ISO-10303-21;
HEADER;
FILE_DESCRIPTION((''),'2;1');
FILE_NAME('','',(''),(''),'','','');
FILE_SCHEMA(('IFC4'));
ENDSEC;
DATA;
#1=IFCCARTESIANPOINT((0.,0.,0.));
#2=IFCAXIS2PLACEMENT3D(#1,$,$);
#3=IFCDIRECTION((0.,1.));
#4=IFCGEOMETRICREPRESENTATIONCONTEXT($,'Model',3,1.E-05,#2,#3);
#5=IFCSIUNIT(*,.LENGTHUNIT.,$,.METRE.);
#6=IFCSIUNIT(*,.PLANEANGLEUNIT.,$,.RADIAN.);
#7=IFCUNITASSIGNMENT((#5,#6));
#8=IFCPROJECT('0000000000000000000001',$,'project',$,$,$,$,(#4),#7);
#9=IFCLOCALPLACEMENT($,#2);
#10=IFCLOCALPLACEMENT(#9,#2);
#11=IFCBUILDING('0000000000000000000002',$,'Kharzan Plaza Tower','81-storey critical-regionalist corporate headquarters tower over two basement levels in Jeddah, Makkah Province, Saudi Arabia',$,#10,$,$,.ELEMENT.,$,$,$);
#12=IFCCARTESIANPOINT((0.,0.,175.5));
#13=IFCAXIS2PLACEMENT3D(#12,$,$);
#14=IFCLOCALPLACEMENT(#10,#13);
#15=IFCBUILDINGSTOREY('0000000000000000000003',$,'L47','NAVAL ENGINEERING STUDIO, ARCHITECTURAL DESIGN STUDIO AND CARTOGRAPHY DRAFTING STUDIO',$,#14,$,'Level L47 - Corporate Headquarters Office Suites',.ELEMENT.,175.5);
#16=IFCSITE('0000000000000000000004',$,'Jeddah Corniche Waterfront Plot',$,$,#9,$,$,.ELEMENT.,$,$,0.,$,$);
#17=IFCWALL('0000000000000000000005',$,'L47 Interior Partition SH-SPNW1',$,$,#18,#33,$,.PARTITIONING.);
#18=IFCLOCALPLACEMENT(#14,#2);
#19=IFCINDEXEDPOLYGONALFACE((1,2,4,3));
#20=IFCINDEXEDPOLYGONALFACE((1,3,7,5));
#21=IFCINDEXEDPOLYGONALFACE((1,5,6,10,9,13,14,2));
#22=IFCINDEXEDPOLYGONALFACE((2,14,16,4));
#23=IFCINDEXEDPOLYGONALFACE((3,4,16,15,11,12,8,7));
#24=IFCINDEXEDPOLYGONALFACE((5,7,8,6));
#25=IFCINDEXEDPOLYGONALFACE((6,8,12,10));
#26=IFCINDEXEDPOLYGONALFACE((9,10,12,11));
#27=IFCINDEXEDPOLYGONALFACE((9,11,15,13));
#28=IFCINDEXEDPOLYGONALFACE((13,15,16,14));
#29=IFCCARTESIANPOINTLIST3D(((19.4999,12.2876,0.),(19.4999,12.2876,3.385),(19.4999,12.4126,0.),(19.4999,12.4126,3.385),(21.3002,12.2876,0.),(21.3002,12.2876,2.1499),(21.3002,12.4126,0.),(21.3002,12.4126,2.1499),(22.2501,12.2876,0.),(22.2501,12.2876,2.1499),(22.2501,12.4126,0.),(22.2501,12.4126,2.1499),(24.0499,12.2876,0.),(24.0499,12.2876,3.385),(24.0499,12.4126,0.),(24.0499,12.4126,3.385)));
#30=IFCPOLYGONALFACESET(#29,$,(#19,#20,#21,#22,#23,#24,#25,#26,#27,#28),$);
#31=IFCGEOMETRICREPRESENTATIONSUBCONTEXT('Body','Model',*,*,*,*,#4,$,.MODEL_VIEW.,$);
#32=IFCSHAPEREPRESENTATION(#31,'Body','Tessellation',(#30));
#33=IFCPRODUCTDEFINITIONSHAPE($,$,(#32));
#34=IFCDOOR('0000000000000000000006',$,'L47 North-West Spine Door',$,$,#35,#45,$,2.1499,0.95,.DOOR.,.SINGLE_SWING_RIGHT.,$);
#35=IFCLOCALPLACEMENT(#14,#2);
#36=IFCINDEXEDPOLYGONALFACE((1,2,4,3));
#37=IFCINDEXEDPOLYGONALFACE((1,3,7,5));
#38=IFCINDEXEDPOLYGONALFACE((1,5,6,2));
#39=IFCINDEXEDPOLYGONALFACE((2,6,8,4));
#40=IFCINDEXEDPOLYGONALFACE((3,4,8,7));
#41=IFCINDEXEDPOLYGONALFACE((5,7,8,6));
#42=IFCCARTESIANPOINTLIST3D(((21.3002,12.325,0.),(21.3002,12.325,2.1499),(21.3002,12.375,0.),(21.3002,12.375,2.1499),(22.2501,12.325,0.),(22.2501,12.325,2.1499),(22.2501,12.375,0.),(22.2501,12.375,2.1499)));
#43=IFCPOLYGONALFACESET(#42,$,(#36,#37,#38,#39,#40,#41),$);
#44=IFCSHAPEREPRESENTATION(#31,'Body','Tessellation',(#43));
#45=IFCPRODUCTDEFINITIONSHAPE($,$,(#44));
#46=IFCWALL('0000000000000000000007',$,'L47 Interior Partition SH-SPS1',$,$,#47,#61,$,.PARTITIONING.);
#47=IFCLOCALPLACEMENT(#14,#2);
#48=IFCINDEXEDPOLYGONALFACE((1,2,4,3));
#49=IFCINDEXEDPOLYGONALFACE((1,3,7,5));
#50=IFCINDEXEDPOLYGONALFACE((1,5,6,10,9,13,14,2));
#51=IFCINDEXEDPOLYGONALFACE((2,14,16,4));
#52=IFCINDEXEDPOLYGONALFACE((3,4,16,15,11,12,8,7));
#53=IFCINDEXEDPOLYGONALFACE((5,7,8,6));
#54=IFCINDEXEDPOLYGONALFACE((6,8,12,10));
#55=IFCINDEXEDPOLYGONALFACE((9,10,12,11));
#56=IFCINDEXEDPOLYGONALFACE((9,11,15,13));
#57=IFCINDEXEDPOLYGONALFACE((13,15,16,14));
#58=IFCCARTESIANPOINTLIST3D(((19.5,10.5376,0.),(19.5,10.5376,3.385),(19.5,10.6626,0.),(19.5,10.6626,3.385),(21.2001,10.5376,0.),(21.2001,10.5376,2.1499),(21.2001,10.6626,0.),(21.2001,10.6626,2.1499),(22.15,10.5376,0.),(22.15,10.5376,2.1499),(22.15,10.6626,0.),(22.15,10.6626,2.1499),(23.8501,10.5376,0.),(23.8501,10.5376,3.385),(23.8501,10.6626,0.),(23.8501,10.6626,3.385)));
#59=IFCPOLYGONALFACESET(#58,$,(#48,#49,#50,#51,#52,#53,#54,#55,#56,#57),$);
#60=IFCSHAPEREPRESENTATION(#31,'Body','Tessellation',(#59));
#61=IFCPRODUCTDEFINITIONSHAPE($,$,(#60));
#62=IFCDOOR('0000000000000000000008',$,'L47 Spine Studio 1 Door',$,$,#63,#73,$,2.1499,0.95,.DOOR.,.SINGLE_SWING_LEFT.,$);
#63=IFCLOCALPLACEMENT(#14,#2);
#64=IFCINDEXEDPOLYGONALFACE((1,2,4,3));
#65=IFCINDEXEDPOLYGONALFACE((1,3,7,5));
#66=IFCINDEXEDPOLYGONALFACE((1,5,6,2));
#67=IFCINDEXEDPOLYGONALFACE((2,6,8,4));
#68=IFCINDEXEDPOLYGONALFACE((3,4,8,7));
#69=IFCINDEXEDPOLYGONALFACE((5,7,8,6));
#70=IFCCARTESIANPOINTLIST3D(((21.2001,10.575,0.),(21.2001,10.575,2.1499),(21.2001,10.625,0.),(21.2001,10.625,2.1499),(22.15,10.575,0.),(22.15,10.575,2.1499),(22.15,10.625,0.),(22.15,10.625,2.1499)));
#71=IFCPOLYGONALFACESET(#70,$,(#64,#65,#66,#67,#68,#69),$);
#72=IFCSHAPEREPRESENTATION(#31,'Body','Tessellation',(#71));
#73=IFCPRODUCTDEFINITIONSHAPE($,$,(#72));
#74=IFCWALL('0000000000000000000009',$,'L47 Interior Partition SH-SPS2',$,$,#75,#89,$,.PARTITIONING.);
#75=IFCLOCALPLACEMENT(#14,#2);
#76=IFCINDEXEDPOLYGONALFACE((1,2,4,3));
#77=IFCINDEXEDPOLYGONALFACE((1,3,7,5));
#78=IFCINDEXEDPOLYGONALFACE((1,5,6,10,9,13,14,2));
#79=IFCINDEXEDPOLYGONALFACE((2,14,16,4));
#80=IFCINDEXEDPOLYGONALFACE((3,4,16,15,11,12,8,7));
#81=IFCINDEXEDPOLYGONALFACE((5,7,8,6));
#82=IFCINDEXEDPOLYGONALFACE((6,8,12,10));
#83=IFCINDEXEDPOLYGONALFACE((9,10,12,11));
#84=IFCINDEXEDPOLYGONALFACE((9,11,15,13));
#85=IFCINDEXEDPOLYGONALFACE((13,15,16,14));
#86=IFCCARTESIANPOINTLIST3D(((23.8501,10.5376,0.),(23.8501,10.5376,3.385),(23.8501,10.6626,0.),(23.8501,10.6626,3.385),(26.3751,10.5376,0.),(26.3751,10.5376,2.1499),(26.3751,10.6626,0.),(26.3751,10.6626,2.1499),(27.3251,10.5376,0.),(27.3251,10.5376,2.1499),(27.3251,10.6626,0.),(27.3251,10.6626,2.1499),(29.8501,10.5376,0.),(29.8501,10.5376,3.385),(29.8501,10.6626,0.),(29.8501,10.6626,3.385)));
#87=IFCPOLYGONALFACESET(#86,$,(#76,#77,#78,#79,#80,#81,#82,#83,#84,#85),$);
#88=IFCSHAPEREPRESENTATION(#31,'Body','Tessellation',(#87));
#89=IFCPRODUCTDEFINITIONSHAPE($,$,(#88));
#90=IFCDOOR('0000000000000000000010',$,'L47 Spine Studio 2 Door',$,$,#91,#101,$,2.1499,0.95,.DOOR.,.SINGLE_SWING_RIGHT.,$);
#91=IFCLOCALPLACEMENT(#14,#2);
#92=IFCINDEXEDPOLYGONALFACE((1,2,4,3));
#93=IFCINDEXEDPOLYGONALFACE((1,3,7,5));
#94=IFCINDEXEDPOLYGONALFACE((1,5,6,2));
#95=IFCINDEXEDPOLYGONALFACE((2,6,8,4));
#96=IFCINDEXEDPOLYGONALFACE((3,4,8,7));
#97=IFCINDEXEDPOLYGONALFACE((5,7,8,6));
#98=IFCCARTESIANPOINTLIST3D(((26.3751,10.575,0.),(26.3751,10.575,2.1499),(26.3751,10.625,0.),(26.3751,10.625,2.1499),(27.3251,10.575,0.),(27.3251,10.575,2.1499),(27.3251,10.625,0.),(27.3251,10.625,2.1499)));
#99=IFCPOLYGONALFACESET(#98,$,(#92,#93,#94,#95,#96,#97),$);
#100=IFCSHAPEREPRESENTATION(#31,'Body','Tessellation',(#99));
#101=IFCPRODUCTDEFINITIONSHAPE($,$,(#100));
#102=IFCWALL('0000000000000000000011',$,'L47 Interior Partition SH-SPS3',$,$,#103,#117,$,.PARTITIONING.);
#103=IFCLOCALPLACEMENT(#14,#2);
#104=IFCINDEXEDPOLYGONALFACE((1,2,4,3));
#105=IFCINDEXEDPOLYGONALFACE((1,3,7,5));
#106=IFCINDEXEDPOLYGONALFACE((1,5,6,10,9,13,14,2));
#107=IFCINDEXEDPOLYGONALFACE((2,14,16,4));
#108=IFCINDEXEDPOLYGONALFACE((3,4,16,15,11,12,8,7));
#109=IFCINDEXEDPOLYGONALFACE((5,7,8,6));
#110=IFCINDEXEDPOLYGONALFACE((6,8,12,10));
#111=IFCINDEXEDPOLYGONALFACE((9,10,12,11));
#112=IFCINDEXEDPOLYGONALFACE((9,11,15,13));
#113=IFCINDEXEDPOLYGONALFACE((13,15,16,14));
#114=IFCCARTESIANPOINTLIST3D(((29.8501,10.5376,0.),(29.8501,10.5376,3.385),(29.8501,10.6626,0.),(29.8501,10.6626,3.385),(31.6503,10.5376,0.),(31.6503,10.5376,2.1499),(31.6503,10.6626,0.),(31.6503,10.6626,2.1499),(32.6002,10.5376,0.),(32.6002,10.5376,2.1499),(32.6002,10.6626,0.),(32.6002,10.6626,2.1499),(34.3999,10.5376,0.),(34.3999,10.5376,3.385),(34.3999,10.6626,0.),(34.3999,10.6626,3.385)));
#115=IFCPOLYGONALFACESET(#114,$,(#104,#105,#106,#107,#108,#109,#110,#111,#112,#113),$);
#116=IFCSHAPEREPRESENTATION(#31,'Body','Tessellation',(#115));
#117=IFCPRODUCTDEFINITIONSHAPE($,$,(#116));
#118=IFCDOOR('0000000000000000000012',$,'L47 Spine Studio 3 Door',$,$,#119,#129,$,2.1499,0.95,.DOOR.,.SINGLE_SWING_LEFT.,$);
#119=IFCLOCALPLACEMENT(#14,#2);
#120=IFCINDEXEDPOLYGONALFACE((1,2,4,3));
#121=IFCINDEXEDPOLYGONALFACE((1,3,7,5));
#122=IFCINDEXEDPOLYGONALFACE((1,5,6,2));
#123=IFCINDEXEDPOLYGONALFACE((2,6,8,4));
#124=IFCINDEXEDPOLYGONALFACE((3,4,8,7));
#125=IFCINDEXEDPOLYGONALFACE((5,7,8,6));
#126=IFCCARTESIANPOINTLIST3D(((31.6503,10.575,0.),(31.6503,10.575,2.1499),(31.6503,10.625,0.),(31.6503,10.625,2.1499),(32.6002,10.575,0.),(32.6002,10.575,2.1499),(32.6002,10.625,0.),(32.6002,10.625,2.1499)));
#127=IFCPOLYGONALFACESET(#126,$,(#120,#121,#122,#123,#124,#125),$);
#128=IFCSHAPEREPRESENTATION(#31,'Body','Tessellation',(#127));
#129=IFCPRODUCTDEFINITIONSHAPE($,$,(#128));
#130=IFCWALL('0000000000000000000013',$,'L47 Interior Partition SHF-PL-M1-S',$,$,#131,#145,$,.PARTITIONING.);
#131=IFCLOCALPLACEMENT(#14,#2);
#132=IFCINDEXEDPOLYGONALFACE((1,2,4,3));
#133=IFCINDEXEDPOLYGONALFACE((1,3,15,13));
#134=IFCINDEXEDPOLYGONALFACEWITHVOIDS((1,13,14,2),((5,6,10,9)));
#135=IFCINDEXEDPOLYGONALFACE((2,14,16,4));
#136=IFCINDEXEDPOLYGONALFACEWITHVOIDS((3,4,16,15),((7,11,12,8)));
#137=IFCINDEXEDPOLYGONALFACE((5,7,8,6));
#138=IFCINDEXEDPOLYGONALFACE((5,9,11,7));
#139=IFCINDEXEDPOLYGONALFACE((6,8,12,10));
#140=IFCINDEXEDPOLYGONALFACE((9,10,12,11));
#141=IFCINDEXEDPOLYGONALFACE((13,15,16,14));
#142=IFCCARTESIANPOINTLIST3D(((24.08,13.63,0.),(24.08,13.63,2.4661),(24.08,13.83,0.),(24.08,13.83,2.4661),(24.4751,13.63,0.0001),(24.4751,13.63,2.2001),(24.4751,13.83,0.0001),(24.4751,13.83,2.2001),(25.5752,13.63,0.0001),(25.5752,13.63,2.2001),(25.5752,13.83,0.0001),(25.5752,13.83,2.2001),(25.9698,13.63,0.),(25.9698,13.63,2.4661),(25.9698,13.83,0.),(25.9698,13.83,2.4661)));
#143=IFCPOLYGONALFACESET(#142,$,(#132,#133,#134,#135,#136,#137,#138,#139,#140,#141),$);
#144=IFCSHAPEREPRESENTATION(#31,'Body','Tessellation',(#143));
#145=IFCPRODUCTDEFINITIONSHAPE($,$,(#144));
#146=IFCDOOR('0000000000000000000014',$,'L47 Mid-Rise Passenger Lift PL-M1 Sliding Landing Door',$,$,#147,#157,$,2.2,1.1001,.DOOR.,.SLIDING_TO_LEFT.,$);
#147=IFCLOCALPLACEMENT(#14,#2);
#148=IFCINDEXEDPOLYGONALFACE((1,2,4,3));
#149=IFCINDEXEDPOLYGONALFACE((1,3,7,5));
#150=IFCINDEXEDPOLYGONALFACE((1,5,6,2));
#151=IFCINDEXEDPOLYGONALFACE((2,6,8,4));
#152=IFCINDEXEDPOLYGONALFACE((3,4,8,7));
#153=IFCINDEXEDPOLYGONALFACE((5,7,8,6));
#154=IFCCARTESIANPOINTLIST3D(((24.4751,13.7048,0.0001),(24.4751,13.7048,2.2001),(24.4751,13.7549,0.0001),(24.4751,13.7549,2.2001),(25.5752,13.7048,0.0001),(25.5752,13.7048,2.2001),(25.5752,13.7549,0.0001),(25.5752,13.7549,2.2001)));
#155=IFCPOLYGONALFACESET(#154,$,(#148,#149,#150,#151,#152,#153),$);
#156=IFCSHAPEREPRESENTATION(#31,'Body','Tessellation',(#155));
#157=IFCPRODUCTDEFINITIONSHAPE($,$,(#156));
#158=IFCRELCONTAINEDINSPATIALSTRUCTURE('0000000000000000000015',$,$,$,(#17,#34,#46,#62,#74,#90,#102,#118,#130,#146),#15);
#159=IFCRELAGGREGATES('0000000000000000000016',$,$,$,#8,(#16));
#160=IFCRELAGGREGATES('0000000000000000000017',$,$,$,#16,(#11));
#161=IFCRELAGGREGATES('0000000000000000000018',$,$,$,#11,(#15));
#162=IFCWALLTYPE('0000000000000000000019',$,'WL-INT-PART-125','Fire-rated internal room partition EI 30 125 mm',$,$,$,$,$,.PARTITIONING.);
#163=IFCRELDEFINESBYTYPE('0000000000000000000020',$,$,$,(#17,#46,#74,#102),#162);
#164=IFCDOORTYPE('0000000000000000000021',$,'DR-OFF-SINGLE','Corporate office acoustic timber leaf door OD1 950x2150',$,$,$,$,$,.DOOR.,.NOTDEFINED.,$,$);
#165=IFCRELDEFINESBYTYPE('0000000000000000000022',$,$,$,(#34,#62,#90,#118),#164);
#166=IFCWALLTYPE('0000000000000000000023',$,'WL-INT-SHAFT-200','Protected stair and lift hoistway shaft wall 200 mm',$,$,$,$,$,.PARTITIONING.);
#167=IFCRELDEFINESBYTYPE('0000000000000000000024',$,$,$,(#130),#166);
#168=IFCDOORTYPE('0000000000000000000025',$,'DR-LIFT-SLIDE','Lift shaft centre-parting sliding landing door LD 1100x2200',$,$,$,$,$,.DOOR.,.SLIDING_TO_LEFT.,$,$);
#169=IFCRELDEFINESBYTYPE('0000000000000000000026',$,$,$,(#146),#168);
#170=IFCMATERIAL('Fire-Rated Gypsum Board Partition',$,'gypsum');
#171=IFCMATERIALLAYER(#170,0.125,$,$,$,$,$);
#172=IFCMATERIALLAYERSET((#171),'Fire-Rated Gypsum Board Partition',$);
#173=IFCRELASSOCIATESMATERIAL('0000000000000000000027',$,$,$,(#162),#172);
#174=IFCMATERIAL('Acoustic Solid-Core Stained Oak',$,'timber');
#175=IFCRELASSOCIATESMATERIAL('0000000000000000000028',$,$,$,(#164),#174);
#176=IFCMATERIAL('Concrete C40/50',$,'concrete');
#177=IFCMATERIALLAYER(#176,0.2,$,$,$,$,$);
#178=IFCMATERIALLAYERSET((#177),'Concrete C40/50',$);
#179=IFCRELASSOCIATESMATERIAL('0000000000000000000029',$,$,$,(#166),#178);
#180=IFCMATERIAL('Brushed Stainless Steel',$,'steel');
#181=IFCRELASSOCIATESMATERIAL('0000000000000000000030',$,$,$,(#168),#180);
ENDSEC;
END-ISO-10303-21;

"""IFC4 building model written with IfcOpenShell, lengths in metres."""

from ifc_helpers import new_model, si_unit, direction, frame, frame_2d, origin, place, context, subcontext, project, spatial, rectangle, extrude, source, transform, mapped, material, layer, layer_set, type_object, element, fill, save


model = new_model("IFC4")

# Units and contexts
model_context = context("Model", 3, precision=1e-05, world=origin(), true_north=direction((0.0, 1.0)))
body_context = subcontext(model_context, "Body", "Model", "MODEL_VIEW")
ifc_project = project(units=[si_unit("LENGTHUNIT", "METRE"), si_unit("PLANEANGLEUNIT", "RADIAN")], contexts=[model_context])

# Site, building, storey
site_placement = place(None, origin())
site = spatial("IfcSite", under=ifc_project, at=site_placement, Name="Jeddah Corniche Waterfront Plot", CompositionType="ELEMENT", RefElevation=0.0)
building_placement = place(site_placement, origin())
building = spatial("IfcBuilding", under=site, at=building_placement, Name="Kharzan Plaza Tower", Description="81-storey critical-regionalist corporate headquarters tower over two basement levels in Jeddah, Makkah Province, Saudi Arabia", CompositionType="ELEMENT")
storey_placement = place(building_placement, frame((0.0, 0.0, 175.5)))
storey = spatial("IfcBuildingStorey", under=building, at=storey_placement, Name="L47", Description="NAVAL ENGINEERING STUDIO, ARCHITECTURAL DESIGN STUDIO AND CARTOGRAPHY DRAFTING STUDIO", LongName="Level L47 - Corporate Headquarters Office Suites", CompositionType="ELEMENT", Elevation=175.5)

# Walls, openings, doors
ifc_material_1 = material(Name="Fire-Rated Gypsum Board Partition", Category="gypsum")
ifc_layer_1 = layer(ifc_material_1, 0.125)
ifc_layer_set_1 = layer_set([ifc_layer_1], Name="Fire-Rated Gypsum Board Partition")
wall_type_1 = type_object("IfcWallType", Name="WL-INT-PART-125", Description="Fire-rated internal room partition EI 30 125 mm", PredefinedType="PARTITIONING", material=ifc_layer_set_1)
ifc_material_2 = material(Name="Acoustic Solid-Core Stained Oak", Category="timber")
door_type_1 = type_object("IfcDoorType", Name="DR-OFF-SINGLE", Description="Corporate office acoustic timber leaf door OD1 950x2150", OperationType="NOTDEFINED", PredefinedType="DOOR", material=ifc_material_2)
shared_shape_1 = source(origin(), body_context, "Body", "SweptSolid", [
    extrude(rectangle(XDim=0.95, YDim=2.1499, at=frame_2d((0.4751, 1.075))), frame((0.0, 0.0249, 0.0), z_axis=(0.0, -1.0, 0.0), x_axis=(1.0, 0.0, 0.0)), (0.0, 0.0, 1.0), 0.05),
])
wall_1_placement = place(storey_placement, frame((19.5, 12.3501, 0.0), z_axis=(0.0, 0.0, 1.0), x_axis=(1.0, 0.0, 0.0)))
wall_1 = element("IfcWall", 1, at=wall_1_placement, inside=storey, type_object=wall_type_1, Name="L47 Interior Partition SH-SPNW1", PredefinedType="PARTITIONING", context=body_context, shape_type="SweptSolid", body=[
    extrude(rectangle(XDim=4.55, YDim=0.125, at=frame_2d((2.2749, 0.0))), origin(), (0.0, 0.0, 1.0), 3.385),
])
opening_1_placement = place(wall_1_placement, frame((1.8, 0.0, 0.0)))
opening_1 = element("IfcOpeningElement", 2, at=opening_1_placement, cuts=wall_1, PredefinedType="OPENING", context=body_context, shape_type="SweptSolid", body=[
    extrude(rectangle(XDim=0.95, YDim=2.1499, at=frame_2d((0.4751, 1.075))), frame((0.0, 0.0725, 0.0), z_axis=(0.0, -1.0, 0.0), x_axis=(1.0, 0.0, 0.0)), (0.0, 0.0, 1.0), 0.145),
])
door_1_placement = place(opening_1_placement, origin())
door_1 = element("IfcDoor", 3, at=door_1_placement, inside=storey, type_object=door_type_1, Name="L47 North-West Spine Door", OperationType="SINGLE_SWING_RIGHT", OverallHeight=2.1499, OverallWidth=0.95, PredefinedType="DOOR", context=body_context, shape_type="MappedRepresentation", body=[
    mapped(shared_shape_1, transform((0.0, 0.0, 0.0), x_axis=(1.0, 0.0, 0.0), y_axis=(0.0, 1.0, 0.0), z_axis=(0.0, 0.0, 1.0))),
])
fill(opening_1, door_1)
wall_2_placement = place(storey_placement, frame((19.5, 10.6001, 0.0), z_axis=(0.0, 0.0, 1.0), x_axis=(1.0, 0.0, 0.0)))
wall_2 = element("IfcWall", 4, at=wall_2_placement, inside=storey, type_object=wall_type_1, Name="L47 Interior Partition SH-SPS1", PredefinedType="PARTITIONING", context=body_context, shape_type="SweptSolid", body=[
    extrude(rectangle(XDim=4.3501, YDim=0.125, at=frame_2d((2.175, 0.0))), origin(), (0.0, 0.0, 1.0), 3.385),
])
opening_2_placement = place(wall_2_placement, frame((1.7, 0.0, 0.0)))
opening_2 = element("IfcOpeningElement", 5, at=opening_2_placement, cuts=wall_2, PredefinedType="OPENING", context=body_context, shape_type="SweptSolid", body=[
    extrude(rectangle(XDim=0.95, YDim=2.1499, at=frame_2d((0.4751, 1.075))), frame((0.0, 0.0725, 0.0), z_axis=(0.0, -1.0, 0.0), x_axis=(1.0, 0.0, 0.0)), (0.0, 0.0, 1.0), 0.145),
])
door_2_placement = place(opening_2_placement, origin())
door_2 = element("IfcDoor", 6, at=door_2_placement, inside=storey, type_object=door_type_1, Name="L47 Spine Studio 1 Door", OperationType="SINGLE_SWING_LEFT", OverallHeight=2.1499, OverallWidth=0.95, PredefinedType="DOOR", context=body_context, shape_type="MappedRepresentation", body=[
    mapped(shared_shape_1, transform((0.0, 0.0, 0.0), x_axis=(1.0, 0.0, 0.0), y_axis=(0.0, 1.0, 0.0), z_axis=(0.0, 0.0, 1.0))),
])
fill(opening_2, door_2)
wall_3_placement = place(storey_placement, frame((23.8501, 10.6001, 0.0), z_axis=(0.0, 0.0, 1.0), x_axis=(1.0, 0.0, 0.0)))
wall_3 = element("IfcWall", 7, at=wall_3_placement, inside=storey, type_object=wall_type_1, Name="L47 Interior Partition SH-SPS2", PredefinedType="PARTITIONING", context=body_context, shape_type="SweptSolid", body=[
    extrude(rectangle(XDim=6.0, YDim=0.125, at=frame_2d((3.0, 0.0))), origin(), (0.0, 0.0, 1.0), 3.385),
])
opening_3_placement = place(wall_3_placement, frame((2.5249, 0.0, 0.0)))
opening_3 = element("IfcOpeningElement", 8, at=opening_3_placement, cuts=wall_3, PredefinedType="OPENING", context=body_context, shape_type="SweptSolid", body=[
    extrude(rectangle(XDim=0.95, YDim=2.1499, at=frame_2d((0.4751, 1.075))), frame((0.0, 0.0725, 0.0), z_axis=(0.0, -1.0, 0.0), x_axis=(1.0, 0.0, 0.0)), (0.0, 0.0, 1.0), 0.145),
])
door_3_placement = place(opening_3_placement, origin())
door_3 = element("IfcDoor", 9, at=door_3_placement, inside=storey, type_object=door_type_1, Name="L47 Spine Studio 2 Door", OperationType="SINGLE_SWING_RIGHT", OverallHeight=2.1499, OverallWidth=0.95, PredefinedType="DOOR", context=body_context, shape_type="MappedRepresentation", body=[
    mapped(shared_shape_1, transform((0.0, 0.0, 0.0), x_axis=(1.0, 0.0, 0.0), y_axis=(0.0, 1.0, 0.0), z_axis=(0.0, 0.0, 1.0))),
])
fill(opening_3, door_3)
wall_4_placement = place(storey_placement, frame((29.8501, 10.6001, 0.0), z_axis=(0.0, 0.0, 1.0), x_axis=(1.0, 0.0, 0.0)))
wall_4 = element("IfcWall", 10, at=wall_4_placement, inside=storey, type_object=wall_type_1, Name="L47 Interior Partition SH-SPS3", PredefinedType="PARTITIONING", context=body_context, shape_type="SweptSolid", body=[
    extrude(rectangle(XDim=4.5498, YDim=0.125, at=frame_2d((2.2749, 0.0))), origin(), (0.0, 0.0, 1.0), 3.385),
])
opening_4_placement = place(wall_4_placement, frame((1.8, 0.0, 0.0)))
opening_4 = element("IfcOpeningElement", 11, at=opening_4_placement, cuts=wall_4, PredefinedType="OPENING", context=body_context, shape_type="SweptSolid", body=[
    extrude(rectangle(XDim=0.95, YDim=2.1499, at=frame_2d((0.4751, 1.075))), frame((0.0, 0.0725, 0.0), z_axis=(0.0, -1.0, 0.0), x_axis=(1.0, 0.0, 0.0)), (0.0, 0.0, 1.0), 0.145),
])
door_4_placement = place(opening_4_placement, origin())
door_4 = element("IfcDoor", 12, at=door_4_placement, inside=storey, type_object=door_type_1, Name="L47 Spine Studio 3 Door", OperationType="SINGLE_SWING_LEFT", OverallHeight=2.1499, OverallWidth=0.95, PredefinedType="DOOR", context=body_context, shape_type="MappedRepresentation", body=[
    mapped(shared_shape_1, transform((0.0, 0.0, 0.0), x_axis=(1.0, 0.0, 0.0), y_axis=(0.0, 1.0, 0.0), z_axis=(0.0, 0.0, 1.0))),
])
fill(opening_4, door_4)
ifc_material_3 = material(Name="Concrete C40/50", Category="concrete")
ifc_layer_2 = layer(ifc_material_3, 0.2)
ifc_layer_set_2 = layer_set([ifc_layer_2], Name="Concrete C40/50")
wall_type_2 = type_object("IfcWallType", Name="WL-INT-SHAFT-200", Description="Protected stair and lift hoistway shaft wall 200 mm", PredefinedType="PARTITIONING", material=ifc_layer_set_2)
wall_5_placement = place(storey_placement, frame((24.0801, 13.73, 0.0), z_axis=(0.0, 0.0, 1.0), x_axis=(1.0, 0.0, 0.0)))
wall_5 = element("IfcWall", 13, at=wall_5_placement, inside=storey, type_object=wall_type_2, Name="L47 Interior Partition SHF-PL-M1-S", PredefinedType="PARTITIONING", context=body_context, shape_type="SweptSolid", body=[
    extrude(rectangle(XDim=1.8899, YDim=0.2, at=frame_2d((0.9448, 0.0))), origin(), (0.0, 0.0, 1.0), 2.4661),
])
opening_5_placement = place(wall_5_placement, frame((0.395, 0.0, 0.0)))
opening_5 = element("IfcOpeningElement", 14, at=opening_5_placement, cuts=wall_5, PredefinedType="OPENING", context=body_context, shape_type="SweptSolid", body=[
    extrude(rectangle(XDim=1.1001, YDim=2.2, at=frame_2d((0.55, 1.1001))), frame((0.0, 0.1099, 0.0), z_axis=(0.0, -1.0, 0.0), x_axis=(1.0, 0.0, 0.0)), (0.0, 0.0, 1.0), 0.22),
])
ifc_material_4 = material(Name="Brushed Stainless Steel", Category="steel")
door_type_2 = type_object("IfcDoorType", Name="DR-LIFT-SLIDE", Description="Lift shaft centre-parting sliding landing door LD 1100x2200", OperationType="SLIDING_TO_LEFT", PredefinedType="DOOR", material=ifc_material_4)
shared_shape_2 = source(origin(), body_context, "Body", "SweptSolid", [
    extrude(rectangle(XDim=1.1001, YDim=2.2, at=frame_2d((0.55, 1.1001))), frame((0.0, 0.0249, 0.0), z_axis=(0.0, -1.0, 0.0), x_axis=(1.0, 0.0, 0.0)), (0.0, 0.0, 1.0), 0.05),
])
door_5_placement = place(opening_5_placement, origin())
door_5 = element("IfcDoor", 15, at=door_5_placement, inside=storey, type_object=door_type_2, Name="L47 Mid-Rise Passenger Lift PL-M1 Sliding Landing Door", OperationType="SLIDING_TO_LEFT", OverallHeight=2.2, OverallWidth=1.1001, PredefinedType="DOOR", context=body_context, shape_type="MappedRepresentation", body=[
    mapped(shared_shape_2, transform((0.0, 0.0, 0.0), x_axis=(1.0, 0.0, 0.0), y_axis=(0.0, 1.0, 0.0), z_axis=(0.0, 0.0, 1.0))),
])
fill(opening_5, door_5)

save(model, "model.ifc")
